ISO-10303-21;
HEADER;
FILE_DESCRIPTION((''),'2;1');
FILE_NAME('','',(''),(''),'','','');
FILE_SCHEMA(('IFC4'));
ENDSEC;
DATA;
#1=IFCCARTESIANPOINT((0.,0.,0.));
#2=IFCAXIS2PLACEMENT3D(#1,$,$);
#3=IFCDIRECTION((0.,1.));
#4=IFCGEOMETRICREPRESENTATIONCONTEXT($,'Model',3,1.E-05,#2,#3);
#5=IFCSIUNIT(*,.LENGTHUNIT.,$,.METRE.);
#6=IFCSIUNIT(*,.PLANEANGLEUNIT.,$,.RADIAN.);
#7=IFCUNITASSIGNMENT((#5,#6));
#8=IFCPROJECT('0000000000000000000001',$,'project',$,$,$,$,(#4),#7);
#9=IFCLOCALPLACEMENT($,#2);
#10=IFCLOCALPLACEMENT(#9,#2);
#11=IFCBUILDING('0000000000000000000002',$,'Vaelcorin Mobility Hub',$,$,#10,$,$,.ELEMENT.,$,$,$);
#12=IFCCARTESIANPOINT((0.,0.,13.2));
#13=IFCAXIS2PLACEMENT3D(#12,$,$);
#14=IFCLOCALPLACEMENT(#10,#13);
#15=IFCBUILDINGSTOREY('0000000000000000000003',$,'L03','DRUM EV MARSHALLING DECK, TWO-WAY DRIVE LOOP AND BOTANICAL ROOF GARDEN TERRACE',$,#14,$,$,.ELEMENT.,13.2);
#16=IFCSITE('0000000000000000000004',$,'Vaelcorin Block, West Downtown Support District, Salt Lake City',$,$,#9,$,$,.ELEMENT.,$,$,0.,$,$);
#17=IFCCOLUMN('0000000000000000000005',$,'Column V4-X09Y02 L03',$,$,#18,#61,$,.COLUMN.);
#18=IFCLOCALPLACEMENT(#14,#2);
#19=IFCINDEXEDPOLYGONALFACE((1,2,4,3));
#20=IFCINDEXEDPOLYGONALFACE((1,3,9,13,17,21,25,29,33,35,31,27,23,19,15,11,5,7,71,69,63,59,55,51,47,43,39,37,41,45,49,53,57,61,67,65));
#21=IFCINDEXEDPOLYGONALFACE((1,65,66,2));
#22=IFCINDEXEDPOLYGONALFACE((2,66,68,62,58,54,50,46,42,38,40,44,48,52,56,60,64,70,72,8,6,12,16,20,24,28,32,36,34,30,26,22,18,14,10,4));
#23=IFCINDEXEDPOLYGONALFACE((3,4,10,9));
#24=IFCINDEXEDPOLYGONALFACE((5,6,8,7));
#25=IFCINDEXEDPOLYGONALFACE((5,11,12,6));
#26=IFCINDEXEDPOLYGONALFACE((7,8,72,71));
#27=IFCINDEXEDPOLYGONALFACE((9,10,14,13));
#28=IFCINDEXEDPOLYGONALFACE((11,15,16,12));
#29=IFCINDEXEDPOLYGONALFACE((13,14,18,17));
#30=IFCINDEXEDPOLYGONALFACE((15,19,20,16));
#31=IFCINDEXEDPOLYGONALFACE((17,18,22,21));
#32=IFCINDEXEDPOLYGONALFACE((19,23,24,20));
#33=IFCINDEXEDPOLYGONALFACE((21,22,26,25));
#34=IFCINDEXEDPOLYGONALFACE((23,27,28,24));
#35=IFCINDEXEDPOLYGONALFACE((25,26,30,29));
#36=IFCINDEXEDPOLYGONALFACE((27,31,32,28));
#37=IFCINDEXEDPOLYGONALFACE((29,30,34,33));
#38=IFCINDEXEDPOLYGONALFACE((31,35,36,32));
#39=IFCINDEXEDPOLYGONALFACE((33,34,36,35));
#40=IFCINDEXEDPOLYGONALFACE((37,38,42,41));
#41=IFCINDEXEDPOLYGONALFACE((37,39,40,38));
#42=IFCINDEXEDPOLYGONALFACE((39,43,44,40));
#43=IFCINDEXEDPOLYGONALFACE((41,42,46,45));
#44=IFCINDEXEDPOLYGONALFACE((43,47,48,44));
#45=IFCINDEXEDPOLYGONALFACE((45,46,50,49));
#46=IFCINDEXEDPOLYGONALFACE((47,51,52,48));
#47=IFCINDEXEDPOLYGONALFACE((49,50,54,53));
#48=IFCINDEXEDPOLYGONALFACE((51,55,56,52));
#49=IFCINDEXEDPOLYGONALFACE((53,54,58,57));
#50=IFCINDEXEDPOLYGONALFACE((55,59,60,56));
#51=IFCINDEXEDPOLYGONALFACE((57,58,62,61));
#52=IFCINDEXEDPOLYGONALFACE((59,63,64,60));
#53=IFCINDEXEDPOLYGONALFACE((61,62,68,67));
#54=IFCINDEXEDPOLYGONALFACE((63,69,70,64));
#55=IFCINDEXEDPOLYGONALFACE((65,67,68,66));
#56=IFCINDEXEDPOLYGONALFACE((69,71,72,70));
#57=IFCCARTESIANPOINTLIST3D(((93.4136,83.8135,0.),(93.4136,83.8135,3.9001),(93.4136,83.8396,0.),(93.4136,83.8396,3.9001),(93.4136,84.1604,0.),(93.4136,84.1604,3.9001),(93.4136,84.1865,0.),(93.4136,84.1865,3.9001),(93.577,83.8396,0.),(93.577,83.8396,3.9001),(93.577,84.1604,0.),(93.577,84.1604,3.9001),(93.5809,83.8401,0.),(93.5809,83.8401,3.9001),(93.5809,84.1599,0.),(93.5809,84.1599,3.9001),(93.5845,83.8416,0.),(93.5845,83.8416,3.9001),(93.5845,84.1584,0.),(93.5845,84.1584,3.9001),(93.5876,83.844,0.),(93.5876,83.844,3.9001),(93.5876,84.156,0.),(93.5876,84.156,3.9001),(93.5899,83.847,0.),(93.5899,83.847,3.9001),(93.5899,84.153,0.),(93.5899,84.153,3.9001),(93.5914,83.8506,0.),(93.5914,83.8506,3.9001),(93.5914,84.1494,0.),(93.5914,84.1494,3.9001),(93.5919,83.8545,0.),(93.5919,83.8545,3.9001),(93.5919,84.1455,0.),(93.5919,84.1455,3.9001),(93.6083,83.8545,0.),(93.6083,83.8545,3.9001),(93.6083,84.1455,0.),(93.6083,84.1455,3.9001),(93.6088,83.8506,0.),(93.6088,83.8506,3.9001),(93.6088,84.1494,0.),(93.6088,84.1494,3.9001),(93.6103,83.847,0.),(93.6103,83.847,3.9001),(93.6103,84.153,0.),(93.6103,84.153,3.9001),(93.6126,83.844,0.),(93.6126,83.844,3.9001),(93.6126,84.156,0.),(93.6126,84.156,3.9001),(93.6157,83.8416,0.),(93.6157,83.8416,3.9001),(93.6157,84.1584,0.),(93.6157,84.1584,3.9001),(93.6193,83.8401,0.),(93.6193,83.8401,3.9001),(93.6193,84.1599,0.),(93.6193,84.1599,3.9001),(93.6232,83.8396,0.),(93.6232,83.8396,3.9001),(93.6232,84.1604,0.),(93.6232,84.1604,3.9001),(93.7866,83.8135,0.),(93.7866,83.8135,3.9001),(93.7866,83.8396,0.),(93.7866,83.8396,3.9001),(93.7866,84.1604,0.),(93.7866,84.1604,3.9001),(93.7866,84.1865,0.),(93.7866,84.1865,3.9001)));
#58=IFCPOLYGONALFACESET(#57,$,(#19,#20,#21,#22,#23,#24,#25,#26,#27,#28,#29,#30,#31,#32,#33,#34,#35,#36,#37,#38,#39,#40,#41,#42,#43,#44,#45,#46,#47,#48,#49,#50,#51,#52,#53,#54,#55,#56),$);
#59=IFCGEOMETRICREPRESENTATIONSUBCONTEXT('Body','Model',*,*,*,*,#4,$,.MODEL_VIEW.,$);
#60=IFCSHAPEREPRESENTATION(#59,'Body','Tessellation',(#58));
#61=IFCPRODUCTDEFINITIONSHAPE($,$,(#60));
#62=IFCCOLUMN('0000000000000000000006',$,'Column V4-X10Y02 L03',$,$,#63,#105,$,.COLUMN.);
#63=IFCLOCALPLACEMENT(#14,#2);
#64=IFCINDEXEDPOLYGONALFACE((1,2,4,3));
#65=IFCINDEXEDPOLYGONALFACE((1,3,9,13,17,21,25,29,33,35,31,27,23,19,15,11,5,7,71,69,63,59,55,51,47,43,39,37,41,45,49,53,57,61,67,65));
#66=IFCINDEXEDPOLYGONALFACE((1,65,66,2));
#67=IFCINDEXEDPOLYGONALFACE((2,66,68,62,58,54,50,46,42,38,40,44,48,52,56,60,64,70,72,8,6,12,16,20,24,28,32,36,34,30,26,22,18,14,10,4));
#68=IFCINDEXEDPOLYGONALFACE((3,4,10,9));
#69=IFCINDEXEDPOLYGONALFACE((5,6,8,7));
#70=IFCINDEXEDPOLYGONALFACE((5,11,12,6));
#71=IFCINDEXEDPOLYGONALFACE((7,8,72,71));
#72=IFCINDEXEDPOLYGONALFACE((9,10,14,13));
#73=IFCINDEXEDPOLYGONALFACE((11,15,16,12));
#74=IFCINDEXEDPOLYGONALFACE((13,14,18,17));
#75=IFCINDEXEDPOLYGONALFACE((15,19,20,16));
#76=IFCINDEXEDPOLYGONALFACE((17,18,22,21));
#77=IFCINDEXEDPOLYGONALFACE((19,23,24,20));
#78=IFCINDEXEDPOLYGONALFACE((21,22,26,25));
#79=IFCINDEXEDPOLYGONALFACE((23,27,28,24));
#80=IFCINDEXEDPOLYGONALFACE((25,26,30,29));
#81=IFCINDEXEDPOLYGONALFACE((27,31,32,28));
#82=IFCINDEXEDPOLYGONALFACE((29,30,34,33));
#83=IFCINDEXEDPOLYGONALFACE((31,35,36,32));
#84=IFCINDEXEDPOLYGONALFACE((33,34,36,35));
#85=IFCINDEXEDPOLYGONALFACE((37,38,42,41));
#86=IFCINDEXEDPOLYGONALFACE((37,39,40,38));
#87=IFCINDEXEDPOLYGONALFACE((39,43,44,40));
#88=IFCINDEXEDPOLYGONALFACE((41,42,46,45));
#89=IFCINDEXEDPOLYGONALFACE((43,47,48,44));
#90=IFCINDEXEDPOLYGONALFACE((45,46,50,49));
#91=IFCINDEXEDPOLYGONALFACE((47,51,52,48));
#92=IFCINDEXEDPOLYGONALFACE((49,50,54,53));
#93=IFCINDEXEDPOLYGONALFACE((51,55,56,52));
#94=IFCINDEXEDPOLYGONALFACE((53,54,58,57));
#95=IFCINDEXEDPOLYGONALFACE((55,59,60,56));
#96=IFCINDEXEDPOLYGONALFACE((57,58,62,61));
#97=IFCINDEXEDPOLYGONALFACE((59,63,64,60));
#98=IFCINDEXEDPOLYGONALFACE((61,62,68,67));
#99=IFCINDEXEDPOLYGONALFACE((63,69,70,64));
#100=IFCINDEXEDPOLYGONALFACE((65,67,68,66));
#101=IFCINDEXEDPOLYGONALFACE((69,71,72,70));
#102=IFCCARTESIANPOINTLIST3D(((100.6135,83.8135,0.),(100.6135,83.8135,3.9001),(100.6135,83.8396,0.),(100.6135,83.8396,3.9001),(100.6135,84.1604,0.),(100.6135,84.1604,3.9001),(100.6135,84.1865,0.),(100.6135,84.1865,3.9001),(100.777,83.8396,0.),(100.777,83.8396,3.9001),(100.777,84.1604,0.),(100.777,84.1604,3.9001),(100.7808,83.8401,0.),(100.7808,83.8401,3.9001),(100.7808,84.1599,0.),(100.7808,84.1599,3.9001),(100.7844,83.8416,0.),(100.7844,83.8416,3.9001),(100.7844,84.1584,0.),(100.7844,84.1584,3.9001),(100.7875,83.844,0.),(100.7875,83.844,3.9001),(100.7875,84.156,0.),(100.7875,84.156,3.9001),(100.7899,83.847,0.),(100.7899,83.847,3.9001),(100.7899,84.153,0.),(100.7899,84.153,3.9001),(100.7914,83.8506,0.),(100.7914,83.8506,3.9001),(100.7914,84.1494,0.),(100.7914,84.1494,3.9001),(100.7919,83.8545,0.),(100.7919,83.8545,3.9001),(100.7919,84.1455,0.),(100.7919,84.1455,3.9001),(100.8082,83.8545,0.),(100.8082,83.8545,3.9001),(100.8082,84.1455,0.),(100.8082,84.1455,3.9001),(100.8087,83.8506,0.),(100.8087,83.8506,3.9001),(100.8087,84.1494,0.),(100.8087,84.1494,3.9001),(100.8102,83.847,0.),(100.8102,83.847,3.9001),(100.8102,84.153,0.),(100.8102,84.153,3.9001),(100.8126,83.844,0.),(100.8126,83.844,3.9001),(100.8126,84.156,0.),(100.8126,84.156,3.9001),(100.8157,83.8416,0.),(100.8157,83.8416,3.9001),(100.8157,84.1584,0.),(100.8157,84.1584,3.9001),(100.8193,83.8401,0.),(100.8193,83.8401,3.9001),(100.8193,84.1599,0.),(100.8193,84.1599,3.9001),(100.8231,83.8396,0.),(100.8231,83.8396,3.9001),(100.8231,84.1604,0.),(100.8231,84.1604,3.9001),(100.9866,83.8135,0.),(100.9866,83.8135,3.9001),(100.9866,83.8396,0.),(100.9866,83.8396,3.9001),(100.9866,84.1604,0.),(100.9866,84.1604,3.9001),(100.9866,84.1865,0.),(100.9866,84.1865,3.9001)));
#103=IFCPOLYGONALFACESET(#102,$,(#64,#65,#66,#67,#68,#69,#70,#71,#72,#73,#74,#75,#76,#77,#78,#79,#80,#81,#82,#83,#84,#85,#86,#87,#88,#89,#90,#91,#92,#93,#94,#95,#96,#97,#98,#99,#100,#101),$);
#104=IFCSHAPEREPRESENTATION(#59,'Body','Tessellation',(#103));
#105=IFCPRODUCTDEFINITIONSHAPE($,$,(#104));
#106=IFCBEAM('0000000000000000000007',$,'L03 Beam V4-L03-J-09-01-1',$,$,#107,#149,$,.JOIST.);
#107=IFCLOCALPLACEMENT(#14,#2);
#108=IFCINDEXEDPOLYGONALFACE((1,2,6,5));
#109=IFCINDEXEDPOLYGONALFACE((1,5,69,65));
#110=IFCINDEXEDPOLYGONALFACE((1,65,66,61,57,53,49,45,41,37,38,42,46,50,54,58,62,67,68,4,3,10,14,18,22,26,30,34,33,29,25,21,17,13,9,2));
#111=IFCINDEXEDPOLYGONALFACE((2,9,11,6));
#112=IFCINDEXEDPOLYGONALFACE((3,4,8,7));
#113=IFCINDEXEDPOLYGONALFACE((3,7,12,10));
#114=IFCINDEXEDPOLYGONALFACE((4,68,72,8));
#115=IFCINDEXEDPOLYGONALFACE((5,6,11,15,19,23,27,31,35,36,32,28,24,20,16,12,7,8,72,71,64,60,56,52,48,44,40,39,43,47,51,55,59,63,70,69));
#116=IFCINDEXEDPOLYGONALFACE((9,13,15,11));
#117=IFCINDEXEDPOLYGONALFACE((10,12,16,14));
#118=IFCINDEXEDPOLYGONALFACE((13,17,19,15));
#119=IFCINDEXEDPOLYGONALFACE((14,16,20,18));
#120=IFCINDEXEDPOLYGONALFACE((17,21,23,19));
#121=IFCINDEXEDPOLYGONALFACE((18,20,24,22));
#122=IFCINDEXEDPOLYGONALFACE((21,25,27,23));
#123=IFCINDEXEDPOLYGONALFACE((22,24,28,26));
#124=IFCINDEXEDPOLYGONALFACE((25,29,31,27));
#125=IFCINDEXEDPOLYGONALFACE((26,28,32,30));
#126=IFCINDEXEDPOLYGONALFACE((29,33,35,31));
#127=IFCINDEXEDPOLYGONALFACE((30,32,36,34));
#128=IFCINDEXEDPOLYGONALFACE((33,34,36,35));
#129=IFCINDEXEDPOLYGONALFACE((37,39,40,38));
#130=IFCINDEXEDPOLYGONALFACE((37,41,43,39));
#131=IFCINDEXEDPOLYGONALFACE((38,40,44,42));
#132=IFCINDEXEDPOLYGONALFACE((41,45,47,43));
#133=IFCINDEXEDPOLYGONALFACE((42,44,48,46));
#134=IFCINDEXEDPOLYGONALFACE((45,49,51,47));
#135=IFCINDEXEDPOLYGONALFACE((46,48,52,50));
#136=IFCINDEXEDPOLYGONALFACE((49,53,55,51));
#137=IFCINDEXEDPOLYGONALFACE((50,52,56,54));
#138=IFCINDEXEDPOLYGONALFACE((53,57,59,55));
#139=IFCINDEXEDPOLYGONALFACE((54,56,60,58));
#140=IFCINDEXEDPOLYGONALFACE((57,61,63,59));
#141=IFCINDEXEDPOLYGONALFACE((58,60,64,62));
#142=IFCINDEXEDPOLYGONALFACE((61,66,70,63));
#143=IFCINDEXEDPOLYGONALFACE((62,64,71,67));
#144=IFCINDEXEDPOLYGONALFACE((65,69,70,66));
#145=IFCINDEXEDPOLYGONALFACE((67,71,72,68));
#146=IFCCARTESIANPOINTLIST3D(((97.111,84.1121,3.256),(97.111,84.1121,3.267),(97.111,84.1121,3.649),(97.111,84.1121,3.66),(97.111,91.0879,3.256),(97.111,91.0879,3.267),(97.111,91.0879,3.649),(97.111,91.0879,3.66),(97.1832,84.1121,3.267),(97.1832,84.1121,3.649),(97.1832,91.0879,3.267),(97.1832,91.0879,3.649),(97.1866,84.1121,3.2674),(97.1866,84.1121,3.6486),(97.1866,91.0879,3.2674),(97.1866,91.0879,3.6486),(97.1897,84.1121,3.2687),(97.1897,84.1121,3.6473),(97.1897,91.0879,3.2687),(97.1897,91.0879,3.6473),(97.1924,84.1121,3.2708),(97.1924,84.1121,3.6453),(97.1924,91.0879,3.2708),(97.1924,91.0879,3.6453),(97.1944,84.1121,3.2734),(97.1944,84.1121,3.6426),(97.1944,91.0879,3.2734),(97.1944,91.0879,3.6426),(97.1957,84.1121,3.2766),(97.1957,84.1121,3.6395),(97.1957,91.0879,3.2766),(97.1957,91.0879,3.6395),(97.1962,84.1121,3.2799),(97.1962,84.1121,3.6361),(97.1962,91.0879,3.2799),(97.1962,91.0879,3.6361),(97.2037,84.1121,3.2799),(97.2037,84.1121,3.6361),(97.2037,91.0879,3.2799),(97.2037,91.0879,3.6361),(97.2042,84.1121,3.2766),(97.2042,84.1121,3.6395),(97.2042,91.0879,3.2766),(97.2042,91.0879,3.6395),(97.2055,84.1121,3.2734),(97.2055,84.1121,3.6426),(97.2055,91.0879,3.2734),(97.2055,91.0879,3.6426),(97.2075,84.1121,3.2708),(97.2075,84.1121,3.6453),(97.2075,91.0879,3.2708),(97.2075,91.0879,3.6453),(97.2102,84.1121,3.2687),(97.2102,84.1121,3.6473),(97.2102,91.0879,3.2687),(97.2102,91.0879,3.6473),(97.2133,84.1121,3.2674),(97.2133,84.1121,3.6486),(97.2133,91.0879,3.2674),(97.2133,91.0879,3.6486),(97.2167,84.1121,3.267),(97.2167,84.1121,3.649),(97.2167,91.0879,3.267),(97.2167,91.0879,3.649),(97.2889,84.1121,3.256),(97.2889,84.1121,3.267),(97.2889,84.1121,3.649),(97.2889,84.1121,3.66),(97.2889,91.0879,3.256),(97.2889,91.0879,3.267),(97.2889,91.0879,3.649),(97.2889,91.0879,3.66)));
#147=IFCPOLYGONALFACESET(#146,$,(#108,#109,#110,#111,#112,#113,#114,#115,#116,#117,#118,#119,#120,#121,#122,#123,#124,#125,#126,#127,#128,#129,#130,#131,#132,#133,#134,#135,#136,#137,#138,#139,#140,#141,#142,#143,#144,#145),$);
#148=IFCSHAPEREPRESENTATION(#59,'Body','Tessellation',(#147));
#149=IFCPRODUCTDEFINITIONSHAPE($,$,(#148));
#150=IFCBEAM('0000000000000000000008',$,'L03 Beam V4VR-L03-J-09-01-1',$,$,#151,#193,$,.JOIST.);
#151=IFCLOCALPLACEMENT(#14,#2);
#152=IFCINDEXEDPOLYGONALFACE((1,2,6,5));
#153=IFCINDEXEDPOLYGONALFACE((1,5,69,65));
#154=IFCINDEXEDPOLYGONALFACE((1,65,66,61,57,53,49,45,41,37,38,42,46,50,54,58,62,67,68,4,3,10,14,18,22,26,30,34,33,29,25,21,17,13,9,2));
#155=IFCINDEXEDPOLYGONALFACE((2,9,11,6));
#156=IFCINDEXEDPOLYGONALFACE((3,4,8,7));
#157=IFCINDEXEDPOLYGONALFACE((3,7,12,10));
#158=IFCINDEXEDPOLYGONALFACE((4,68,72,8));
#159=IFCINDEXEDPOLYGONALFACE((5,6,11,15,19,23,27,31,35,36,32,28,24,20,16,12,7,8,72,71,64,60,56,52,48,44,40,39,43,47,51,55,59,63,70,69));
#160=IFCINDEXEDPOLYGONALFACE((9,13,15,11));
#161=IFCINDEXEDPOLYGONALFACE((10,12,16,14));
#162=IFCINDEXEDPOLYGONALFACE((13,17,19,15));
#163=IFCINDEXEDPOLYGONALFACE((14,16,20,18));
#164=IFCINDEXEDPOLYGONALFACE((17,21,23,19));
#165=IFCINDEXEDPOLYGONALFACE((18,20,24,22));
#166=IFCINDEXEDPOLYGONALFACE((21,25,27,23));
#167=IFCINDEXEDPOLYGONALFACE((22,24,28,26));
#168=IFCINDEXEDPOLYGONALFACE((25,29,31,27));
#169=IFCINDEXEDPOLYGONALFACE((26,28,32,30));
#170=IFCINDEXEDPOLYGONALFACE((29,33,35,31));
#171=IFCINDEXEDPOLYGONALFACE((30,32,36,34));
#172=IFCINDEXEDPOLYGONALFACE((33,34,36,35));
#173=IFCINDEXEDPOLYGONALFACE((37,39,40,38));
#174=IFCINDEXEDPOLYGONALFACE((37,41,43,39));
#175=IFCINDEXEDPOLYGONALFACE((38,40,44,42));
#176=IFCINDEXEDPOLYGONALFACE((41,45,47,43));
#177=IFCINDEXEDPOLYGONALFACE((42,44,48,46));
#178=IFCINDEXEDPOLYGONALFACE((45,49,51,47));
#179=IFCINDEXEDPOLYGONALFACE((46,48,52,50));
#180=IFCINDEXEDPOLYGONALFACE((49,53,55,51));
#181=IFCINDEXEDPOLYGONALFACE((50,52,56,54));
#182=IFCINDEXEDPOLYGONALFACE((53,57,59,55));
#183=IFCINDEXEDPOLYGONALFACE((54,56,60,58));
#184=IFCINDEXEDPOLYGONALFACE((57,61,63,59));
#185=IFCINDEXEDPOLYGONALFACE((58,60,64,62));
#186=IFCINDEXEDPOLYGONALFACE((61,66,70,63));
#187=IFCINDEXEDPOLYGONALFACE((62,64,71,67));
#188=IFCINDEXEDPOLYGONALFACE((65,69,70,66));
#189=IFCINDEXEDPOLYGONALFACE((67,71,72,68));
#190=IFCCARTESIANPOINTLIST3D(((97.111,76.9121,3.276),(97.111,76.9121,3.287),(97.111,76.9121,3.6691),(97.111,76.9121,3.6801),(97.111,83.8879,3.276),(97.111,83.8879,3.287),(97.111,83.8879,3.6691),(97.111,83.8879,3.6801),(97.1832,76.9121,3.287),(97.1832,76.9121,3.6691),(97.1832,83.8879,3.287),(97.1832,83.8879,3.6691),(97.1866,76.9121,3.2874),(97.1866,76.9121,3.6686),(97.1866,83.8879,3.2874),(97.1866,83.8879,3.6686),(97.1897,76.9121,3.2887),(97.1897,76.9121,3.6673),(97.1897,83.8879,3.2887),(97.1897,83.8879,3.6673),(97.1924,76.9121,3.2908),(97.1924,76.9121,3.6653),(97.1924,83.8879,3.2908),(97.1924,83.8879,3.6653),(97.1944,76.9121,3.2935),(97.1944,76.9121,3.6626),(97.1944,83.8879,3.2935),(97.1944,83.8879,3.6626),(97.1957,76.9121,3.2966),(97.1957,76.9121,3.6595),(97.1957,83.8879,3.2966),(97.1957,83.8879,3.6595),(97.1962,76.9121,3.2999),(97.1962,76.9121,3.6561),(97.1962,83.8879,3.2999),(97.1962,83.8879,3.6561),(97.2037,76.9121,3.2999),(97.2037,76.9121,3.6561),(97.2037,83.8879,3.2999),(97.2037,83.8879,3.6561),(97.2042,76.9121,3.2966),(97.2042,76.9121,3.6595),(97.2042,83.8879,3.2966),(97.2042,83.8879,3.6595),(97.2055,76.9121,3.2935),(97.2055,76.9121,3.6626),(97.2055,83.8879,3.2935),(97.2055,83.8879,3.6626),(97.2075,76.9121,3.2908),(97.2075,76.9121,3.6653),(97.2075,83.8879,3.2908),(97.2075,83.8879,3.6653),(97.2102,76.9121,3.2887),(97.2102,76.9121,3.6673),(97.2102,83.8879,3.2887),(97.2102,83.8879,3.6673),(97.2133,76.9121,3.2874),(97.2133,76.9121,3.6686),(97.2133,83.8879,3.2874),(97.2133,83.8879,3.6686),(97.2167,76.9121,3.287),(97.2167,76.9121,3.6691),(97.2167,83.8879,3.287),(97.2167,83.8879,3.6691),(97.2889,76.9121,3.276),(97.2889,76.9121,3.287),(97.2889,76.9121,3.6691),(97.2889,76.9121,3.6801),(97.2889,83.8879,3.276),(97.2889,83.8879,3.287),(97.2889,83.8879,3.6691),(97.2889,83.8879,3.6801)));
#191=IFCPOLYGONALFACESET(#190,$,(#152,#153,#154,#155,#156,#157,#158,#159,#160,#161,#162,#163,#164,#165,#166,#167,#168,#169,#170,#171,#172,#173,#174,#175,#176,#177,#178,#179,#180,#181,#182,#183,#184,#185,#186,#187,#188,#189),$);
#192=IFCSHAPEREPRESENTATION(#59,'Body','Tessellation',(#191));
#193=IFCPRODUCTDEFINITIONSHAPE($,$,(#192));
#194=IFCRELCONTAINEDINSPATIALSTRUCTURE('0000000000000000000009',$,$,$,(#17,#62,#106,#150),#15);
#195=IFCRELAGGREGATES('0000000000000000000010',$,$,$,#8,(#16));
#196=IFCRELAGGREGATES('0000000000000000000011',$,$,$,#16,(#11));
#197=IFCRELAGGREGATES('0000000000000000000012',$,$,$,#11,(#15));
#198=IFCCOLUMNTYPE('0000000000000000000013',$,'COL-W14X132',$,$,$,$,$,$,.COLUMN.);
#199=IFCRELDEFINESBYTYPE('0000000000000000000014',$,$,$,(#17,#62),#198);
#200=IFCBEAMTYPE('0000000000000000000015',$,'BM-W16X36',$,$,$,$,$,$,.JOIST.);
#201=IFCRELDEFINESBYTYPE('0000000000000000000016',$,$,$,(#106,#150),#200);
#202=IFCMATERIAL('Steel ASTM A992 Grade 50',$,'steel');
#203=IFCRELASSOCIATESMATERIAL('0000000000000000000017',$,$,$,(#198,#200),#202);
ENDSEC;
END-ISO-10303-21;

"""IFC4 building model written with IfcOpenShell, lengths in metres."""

from ifc_helpers import new_model, si_unit, direction, frame, origin, origin_2d, place, context, subcontext, project, spatial, i_section, extrude, material, material_profile, profile_set, type_object, element, save


model = new_model("IFC4")

# Units and contexts
model_context = context("Model", 3, precision=1e-05, world=origin(), true_north=direction((0.0, 1.0)))
body_context = subcontext(model_context, "Body", "Model", "MODEL_VIEW")
ifc_project = project(units=[si_unit("LENGTHUNIT", "METRE"), si_unit("PLANEANGLEUNIT", "RADIAN")], contexts=[model_context])

# Site, building, storey
site_placement = place(None, origin())
site = spatial("IfcSite", under=ifc_project, at=site_placement, Name="Vaelcorin Block, West Downtown Support District, Salt Lake City", CompositionType="ELEMENT", RefElevation=0.0)
building_placement = place(site_placement, origin())
building = spatial("IfcBuilding", under=site, at=building_placement, Name="Vaelcorin Mobility Hub", CompositionType="ELEMENT")
storey_placement = place(building_placement, frame((0.0, 0.0, 13.2)))
storey = spatial("IfcBuildingStorey", under=building, at=storey_placement, Name="L03", Description="DRUM EV MARSHALLING DECK, TWO-WAY DRIVE LOOP AND BOTANICAL ROOF GARDEN TERRACE", CompositionType="ELEMENT", Elevation=13.2)

# Columns
ifc_material_1 = material(Name="Steel ASTM A992 Grade 50", Category="steel")
ifc_material_profile_1 = material_profile(ifc_material_1, i_section(OverallWidth=0.373, OverallDepth=0.373, WebThickness=0.0164, FlangeThickness=0.0261, FilletRadius=0.0149, at=origin_2d()), Name="W14X132")
ifc_profile_set_1 = profile_set([ifc_material_profile_1], Name="Steel ASTM A992 Grade 50")
column_type_1 = type_object("IfcColumnType", Name="COL-W14X132", PredefinedType="COLUMN", material=ifc_profile_set_1)
for number, where, z_axis, x_axis, name in (
    (1, (93.6001, 84.0, 0.0), (0.0, 0.0, 1.0), (1.0, 0.0, 0.0), "Column V4-X09Y02 L03"),
    (2, (100.8, 84.0, 0.0), (0.0, 0.0, 1.0), (1.0, 0.0, 0.0), "Column V4-X10Y02 L03"),
):
    element("IfcColumn", number, at=place(storey_placement, frame(where, z_axis=z_axis, x_axis=x_axis)), inside=storey, type_object=column_type_1, Name=name, PredefinedType="COLUMN", context=body_context, shape_type="SweptSolid", body=[
        extrude(i_section(OverallWidth=0.373, OverallDepth=0.373, WebThickness=0.0164, FlangeThickness=0.0261, FilletRadius=0.0149, at=origin_2d()), origin(), (0.0, 0.0, 1.0), 3.9001),
    ])

# Beams
ifc_material_profile_2 = material_profile(ifc_material_1, i_section(OverallWidth=0.178, OverallDepth=0.4041, WebThickness=0.0076, FlangeThickness=0.011, FilletRadius=0.0129, at=origin_2d()), Name="W16X36")
ifc_profile_set_2 = profile_set([ifc_material_profile_2], Name="Steel ASTM A992 Grade 50")
beam_type_1 = type_object("IfcBeamType", Name="BM-W16X36", PredefinedType="JOIST", material=ifc_profile_set_2)
for number, where, z_axis, x_axis, name in (
    (3, (97.2, 84.1121, 3.458), (0.0, 1.0, 0.0), (-1.0, 0.0, 0.0), "L03 Beam V4-L03-J-09-01-1"),
    (4, (97.2, 76.9121, 3.478), (0.0, 1.0, 0.0), (-1.0, 0.0, 0.0), "L03 Beam V4VR-L03-J-09-01-1"),
):
    element("IfcBeam", number, at=place(storey_placement, frame(where, z_axis=z_axis, x_axis=x_axis)), inside=storey, type_object=beam_type_1, Name=name, PredefinedType="JOIST", context=body_context, shape_type="SweptSolid", body=[
        extrude(i_section(OverallWidth=0.178, OverallDepth=0.4041, WebThickness=0.0076, FlangeThickness=0.011, FilletRadius=0.0129, at=origin_2d()), origin(), (0.0, 0.0, 1.0), 6.9758),
    ])

save(model, "model.ifc")
